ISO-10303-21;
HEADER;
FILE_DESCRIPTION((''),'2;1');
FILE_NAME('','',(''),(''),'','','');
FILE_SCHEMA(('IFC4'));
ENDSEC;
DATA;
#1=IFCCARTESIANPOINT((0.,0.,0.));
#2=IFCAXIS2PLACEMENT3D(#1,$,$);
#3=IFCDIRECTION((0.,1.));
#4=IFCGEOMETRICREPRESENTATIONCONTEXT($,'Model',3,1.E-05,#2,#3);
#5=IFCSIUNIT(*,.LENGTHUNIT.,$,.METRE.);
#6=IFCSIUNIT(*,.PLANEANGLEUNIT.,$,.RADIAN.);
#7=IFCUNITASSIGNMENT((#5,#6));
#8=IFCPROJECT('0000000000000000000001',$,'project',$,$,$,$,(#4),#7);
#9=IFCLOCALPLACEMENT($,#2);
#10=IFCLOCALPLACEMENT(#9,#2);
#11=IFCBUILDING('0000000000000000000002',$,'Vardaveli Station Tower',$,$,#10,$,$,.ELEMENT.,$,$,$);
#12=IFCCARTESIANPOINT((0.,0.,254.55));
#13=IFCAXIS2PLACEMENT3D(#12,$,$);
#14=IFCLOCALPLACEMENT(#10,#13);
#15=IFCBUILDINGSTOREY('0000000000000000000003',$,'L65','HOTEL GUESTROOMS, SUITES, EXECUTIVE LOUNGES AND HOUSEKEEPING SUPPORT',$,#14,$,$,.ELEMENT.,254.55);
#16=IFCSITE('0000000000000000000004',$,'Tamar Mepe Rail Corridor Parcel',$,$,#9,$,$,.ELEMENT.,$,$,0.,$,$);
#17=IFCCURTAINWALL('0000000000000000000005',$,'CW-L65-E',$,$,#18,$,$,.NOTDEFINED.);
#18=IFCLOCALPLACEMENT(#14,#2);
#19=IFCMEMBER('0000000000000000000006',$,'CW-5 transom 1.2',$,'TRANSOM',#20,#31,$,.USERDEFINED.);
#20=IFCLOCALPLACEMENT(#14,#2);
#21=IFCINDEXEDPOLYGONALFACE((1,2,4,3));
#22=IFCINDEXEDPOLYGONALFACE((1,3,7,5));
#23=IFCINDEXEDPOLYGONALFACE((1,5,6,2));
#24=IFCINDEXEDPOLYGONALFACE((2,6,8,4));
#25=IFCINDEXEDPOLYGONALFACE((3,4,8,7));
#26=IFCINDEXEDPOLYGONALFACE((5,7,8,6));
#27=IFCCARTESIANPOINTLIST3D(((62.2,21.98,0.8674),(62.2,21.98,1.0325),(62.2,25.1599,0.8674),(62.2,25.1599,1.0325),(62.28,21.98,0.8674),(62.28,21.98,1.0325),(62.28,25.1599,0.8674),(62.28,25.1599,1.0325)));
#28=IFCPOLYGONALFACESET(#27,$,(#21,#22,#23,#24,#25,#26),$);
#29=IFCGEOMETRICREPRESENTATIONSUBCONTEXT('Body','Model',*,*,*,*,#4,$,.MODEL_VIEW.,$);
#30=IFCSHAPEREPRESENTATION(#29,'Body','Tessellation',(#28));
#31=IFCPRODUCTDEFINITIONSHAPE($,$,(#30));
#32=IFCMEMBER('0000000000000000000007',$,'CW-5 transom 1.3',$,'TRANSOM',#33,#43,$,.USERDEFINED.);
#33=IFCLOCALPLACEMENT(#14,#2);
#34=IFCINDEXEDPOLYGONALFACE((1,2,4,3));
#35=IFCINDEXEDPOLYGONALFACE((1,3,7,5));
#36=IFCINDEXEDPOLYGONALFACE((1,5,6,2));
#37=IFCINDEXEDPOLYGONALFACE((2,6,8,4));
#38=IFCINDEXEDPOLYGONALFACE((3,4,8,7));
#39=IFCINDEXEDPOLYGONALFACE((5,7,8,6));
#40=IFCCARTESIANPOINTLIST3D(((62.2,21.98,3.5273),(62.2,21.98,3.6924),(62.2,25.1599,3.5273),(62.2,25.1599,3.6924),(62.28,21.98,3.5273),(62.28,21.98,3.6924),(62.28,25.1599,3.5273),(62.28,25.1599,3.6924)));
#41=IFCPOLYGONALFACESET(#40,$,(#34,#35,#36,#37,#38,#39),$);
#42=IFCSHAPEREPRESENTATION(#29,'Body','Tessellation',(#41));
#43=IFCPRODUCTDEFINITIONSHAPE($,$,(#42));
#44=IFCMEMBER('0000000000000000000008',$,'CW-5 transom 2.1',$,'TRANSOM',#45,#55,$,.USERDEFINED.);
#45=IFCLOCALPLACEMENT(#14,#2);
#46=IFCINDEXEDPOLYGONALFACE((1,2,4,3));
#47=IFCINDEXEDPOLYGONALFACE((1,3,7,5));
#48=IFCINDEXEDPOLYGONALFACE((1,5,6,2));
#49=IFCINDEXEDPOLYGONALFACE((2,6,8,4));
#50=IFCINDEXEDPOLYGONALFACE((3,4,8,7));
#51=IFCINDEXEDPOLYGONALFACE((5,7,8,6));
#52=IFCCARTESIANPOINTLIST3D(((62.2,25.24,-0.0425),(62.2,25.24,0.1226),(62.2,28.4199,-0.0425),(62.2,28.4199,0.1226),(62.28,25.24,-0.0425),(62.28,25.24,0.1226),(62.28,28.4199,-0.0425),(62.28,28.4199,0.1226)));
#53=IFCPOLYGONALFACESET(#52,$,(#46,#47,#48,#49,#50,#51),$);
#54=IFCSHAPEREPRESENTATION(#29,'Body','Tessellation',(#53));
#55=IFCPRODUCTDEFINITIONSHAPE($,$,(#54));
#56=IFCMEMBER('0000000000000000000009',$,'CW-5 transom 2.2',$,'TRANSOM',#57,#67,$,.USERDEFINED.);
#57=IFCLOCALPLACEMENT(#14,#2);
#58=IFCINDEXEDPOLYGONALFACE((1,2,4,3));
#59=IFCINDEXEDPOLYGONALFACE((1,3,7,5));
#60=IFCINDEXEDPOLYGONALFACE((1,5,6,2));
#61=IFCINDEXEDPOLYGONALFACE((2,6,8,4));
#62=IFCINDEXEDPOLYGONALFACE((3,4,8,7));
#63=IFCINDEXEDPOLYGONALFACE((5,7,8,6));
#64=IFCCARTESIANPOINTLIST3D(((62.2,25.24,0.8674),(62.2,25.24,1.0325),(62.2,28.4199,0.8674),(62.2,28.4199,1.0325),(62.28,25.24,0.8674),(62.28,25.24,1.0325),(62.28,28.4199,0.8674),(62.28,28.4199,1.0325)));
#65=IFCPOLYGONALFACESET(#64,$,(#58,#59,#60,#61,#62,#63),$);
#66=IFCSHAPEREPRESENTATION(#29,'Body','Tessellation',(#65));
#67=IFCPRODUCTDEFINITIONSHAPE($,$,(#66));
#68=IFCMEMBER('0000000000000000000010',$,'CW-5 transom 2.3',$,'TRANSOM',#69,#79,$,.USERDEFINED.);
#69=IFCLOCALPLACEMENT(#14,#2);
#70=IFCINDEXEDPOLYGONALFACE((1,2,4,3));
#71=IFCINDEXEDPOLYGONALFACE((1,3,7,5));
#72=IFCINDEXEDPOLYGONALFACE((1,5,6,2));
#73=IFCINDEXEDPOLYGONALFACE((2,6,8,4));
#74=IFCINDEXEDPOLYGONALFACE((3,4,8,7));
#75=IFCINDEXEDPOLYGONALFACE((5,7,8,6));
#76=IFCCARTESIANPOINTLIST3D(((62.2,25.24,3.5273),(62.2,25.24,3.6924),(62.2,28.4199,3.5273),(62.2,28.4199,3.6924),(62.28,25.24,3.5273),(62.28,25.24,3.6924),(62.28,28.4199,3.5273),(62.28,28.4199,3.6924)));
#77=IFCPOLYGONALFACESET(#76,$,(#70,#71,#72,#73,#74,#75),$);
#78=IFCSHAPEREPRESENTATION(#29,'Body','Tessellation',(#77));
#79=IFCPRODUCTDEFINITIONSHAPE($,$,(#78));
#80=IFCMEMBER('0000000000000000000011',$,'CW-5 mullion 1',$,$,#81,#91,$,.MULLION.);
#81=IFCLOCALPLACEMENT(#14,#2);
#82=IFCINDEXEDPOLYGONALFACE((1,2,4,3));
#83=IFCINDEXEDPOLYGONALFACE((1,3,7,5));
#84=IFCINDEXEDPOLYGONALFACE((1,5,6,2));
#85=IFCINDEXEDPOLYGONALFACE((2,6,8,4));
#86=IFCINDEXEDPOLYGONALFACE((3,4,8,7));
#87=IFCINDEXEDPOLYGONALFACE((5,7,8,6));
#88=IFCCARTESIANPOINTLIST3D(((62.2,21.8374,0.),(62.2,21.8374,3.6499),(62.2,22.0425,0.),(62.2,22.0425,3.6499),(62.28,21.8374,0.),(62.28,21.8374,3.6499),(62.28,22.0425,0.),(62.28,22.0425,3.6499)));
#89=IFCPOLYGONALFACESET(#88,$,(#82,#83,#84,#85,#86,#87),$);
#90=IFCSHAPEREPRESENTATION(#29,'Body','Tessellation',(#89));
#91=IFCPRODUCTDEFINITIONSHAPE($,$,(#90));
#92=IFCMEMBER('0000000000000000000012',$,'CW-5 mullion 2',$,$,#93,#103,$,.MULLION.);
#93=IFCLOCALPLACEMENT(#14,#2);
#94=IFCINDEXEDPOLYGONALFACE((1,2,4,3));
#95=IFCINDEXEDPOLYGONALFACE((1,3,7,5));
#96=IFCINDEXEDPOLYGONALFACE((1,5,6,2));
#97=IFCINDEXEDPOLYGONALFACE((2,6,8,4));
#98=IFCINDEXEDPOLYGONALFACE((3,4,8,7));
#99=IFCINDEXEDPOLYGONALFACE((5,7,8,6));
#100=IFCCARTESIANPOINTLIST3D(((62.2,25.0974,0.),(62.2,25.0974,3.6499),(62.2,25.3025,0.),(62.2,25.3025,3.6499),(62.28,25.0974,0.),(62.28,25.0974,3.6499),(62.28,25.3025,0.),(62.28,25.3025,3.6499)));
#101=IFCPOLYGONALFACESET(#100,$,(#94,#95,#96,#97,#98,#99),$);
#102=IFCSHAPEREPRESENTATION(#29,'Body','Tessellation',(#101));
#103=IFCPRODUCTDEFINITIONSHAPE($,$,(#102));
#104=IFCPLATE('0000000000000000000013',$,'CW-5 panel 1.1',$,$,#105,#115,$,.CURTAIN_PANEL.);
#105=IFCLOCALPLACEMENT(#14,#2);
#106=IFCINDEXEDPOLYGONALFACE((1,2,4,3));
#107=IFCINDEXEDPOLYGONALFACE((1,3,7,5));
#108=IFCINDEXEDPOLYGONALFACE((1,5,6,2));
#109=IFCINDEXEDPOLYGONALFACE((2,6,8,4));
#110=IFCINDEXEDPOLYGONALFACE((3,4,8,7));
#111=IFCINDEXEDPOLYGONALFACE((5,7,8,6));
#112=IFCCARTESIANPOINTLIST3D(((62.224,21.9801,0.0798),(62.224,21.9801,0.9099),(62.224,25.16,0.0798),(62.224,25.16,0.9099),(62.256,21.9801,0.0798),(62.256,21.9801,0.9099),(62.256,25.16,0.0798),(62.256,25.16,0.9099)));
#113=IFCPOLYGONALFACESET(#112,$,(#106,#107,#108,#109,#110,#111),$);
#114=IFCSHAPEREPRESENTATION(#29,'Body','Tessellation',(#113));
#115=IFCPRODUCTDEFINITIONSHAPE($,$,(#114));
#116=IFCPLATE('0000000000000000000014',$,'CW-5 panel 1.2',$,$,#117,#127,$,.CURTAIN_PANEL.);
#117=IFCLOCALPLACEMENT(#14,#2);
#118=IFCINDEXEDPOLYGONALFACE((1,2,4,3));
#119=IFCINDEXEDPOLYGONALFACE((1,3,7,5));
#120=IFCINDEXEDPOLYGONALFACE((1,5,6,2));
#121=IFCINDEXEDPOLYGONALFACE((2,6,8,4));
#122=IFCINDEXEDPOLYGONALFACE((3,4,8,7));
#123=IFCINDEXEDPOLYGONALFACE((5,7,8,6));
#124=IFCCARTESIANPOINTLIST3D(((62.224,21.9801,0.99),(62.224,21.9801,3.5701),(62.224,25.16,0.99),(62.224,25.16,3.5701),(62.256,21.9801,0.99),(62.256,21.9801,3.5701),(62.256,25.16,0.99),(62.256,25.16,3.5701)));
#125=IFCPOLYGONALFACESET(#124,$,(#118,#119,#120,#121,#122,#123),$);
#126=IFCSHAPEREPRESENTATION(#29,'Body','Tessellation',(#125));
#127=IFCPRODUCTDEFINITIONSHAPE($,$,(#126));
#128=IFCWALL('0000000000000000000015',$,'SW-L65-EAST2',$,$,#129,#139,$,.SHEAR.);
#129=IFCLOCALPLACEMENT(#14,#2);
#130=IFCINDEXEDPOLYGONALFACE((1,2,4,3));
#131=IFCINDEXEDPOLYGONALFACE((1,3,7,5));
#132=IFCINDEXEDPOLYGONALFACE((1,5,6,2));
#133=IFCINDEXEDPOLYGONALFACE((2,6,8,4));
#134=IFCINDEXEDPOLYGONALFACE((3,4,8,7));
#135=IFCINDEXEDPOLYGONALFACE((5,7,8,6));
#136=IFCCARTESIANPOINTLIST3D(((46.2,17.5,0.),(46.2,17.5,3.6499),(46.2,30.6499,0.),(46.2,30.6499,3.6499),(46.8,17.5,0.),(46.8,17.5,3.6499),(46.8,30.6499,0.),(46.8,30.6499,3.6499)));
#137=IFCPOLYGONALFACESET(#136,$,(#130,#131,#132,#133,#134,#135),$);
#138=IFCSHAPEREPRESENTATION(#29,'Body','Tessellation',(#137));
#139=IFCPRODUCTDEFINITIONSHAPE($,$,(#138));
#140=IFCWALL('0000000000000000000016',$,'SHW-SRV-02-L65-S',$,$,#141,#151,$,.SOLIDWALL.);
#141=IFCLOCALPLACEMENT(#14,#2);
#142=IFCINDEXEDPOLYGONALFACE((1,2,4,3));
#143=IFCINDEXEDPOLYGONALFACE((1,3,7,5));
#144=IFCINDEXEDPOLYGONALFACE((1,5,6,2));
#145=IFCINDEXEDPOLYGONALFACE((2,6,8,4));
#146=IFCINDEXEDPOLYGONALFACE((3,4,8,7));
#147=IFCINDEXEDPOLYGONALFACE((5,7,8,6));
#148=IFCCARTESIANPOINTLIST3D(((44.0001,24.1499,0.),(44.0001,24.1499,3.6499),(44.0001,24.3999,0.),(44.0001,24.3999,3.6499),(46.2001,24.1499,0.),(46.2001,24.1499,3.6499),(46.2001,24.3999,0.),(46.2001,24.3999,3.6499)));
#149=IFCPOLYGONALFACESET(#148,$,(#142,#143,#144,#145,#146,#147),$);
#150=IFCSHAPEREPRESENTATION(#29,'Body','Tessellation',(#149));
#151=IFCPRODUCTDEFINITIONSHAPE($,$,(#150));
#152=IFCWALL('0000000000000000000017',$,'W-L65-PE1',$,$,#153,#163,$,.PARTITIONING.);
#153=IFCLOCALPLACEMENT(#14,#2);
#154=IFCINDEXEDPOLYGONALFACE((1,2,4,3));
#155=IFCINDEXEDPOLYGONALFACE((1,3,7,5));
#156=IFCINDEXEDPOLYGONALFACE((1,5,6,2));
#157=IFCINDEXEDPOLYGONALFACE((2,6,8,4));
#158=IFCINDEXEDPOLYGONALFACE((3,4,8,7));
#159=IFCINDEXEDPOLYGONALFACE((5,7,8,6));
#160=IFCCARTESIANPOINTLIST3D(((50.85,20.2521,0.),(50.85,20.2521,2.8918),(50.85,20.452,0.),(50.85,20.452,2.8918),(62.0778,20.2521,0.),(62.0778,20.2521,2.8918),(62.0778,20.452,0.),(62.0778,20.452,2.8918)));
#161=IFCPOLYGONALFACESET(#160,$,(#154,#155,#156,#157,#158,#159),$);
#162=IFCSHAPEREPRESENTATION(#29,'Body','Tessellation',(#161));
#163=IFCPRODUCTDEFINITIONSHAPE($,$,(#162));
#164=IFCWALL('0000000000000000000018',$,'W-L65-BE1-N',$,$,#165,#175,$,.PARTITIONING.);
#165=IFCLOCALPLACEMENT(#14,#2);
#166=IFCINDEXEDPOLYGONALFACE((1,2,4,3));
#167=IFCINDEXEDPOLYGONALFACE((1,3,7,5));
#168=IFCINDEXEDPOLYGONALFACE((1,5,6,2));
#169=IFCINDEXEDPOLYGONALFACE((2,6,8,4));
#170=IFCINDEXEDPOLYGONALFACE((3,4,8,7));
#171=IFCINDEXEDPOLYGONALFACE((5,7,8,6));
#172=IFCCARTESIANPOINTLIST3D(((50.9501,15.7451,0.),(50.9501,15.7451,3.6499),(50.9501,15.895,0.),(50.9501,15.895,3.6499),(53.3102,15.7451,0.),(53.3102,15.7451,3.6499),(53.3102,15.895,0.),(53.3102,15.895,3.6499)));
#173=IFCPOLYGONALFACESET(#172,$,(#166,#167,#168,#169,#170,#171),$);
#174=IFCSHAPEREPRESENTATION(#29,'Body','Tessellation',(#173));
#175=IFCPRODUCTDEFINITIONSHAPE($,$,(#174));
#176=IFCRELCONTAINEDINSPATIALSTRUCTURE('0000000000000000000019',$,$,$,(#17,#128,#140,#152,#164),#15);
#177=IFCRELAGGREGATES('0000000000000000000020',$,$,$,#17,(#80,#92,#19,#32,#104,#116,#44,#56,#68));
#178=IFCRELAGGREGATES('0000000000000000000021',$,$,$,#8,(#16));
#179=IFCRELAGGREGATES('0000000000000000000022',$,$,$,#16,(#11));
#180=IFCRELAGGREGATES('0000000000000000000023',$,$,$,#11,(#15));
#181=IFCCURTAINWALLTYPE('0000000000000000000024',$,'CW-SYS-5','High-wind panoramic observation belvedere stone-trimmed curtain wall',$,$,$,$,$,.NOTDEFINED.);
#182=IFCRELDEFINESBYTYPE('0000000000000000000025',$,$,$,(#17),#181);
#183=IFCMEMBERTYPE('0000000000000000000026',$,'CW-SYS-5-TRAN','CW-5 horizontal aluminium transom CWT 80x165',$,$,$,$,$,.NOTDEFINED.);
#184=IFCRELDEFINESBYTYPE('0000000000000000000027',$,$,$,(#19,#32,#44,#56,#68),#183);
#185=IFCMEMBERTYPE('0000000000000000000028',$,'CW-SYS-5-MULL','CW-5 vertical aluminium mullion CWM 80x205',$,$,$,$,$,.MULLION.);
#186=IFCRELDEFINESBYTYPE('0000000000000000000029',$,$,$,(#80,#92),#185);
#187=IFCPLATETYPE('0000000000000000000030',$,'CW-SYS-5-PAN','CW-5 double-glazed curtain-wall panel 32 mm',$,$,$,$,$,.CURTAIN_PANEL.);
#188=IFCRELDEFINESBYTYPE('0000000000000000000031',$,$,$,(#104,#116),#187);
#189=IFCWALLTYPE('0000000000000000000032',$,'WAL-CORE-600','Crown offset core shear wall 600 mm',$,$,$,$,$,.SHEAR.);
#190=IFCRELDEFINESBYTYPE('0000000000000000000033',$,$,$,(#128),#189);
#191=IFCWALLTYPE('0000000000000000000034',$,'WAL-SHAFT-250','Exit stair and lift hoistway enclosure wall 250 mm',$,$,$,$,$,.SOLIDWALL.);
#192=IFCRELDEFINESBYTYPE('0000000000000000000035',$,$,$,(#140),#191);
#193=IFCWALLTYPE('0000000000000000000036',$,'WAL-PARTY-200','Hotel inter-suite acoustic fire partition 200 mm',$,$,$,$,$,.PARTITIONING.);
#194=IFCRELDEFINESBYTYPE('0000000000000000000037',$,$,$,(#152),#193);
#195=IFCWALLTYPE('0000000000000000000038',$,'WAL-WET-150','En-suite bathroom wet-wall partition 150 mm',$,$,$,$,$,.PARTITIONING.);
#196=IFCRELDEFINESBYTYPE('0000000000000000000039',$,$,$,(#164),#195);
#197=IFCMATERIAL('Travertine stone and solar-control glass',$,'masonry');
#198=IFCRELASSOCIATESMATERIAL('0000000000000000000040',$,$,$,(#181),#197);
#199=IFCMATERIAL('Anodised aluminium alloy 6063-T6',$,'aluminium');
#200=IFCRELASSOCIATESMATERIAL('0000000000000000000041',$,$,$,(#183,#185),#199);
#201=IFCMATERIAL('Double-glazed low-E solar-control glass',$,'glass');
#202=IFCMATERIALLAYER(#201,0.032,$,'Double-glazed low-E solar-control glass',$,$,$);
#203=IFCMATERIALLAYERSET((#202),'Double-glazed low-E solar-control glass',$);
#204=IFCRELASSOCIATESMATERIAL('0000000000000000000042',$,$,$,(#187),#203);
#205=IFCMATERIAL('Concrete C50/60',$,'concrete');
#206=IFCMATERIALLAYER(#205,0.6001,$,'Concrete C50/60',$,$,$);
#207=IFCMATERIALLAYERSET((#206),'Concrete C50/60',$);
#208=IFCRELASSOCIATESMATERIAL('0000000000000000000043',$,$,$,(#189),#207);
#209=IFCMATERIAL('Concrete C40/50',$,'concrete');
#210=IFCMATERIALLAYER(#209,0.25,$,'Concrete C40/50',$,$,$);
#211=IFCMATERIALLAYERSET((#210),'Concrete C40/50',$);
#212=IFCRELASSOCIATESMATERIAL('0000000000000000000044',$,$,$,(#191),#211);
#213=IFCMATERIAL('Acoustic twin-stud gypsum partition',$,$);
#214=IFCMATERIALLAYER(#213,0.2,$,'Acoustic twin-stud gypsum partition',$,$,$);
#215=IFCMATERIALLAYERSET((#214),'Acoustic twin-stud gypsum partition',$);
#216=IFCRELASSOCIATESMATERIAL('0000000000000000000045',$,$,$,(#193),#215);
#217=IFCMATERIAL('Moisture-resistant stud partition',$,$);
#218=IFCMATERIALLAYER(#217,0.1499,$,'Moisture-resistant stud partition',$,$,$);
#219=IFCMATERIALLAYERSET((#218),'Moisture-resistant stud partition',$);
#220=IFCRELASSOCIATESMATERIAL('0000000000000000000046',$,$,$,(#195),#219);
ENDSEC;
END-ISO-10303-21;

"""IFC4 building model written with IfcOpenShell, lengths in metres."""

from ifc_helpers import new_model, si_unit, direction, frame, frame_2d, origin, origin_2d, place, context, subcontext, project, spatial, rectangle, extrude, source, transform, mapped, material, layer, layer_set, material_profile, profile_set, type_object, element, aggregate, save


model = new_model("IFC4")

# Units and contexts
model_context = context("Model", 3, precision=1e-05, world=origin(), true_north=direction((0.0, 1.0)))
body_context = subcontext(model_context, "Body", "Model", "MODEL_VIEW")
ifc_project = project(units=[si_unit("LENGTHUNIT", "METRE"), si_unit("PLANEANGLEUNIT", "RADIAN")], contexts=[model_context])

# Site, building, storey
site_placement = place(None, origin())
site = spatial("IfcSite", under=ifc_project, at=site_placement, Name="Tamar Mepe Rail Corridor Parcel", CompositionType="ELEMENT", RefElevation=0.0)
building_placement = place(site_placement, origin())
building = spatial("IfcBuilding", under=site, at=building_placement, Name="Vardaveli Station Tower", CompositionType="ELEMENT")
storey_placement = place(building_placement, frame((0.0, 0.0, 254.55)))
storey = spatial("IfcBuildingStorey", under=building, at=storey_placement, Name="L65", Description="HOTEL GUESTROOMS, SUITES, EXECUTIVE LOUNGES AND HOUSEKEEPING SUPPORT", CompositionType="ELEMENT", Elevation=254.55)

# Curtain wall, members, plates
ifc_material_1 = material(Name="Travertine stone and solar-control glass", Category="masonry")
curtain_wall_type = type_object("IfcCurtainWallType", Name="CW-SYS-5", Description="High-wind panoramic observation belvedere stone-trimmed curtain wall", PredefinedType="NOTDEFINED", material=ifc_material_1)
curtain_wall_placement = place(storey_placement, origin())
curtain_wall = element("IfcCurtainWall", 1, at=curtain_wall_placement, inside=storey, type_object=curtain_wall_type, Name="CW-L65-E", PredefinedType="NOTDEFINED")
ifc_material_2 = material(Name="Anodised aluminium alloy 6063-T6", Category="aluminium")
ifc_material_profile_1 = material_profile(ifc_material_2, rectangle(XDim=0.0801, YDim=0.165, at=origin_2d()), Name="CWT 80x165")
ifc_profile_set_1 = profile_set([ifc_material_profile_1], Name="Anodised aluminium alloy 6063-T6")
member_type_1 = type_object("IfcMemberType", Name="CW-SYS-5-TRAN", Description="CW-5 horizontal aluminium transom CWT 80x165", PredefinedType="NOTDEFINED", material=ifc_profile_set_1)
shared_shape_1 = source(origin(), body_context, "Body", "SweptSolid", [
    extrude(rectangle(XDim=0.0801, YDim=0.165, at=origin_2d()), origin(), (0.0, 0.0, 1.0), 3.1799),
])
member_1_placement = place(storey_placement, frame((62.24, 21.98, 0.95), z_axis=(0.0, 1.0, 0.0), x_axis=(-1.0, 0.0, 0.0)))
member_1 = element("IfcMember", 2, at=member_1_placement, type_object=member_type_1, Name="CW-5 transom 1.2", ObjectType="TRANSOM", PredefinedType="USERDEFINED", context=body_context, shape_type="MappedRepresentation", body=[
    mapped(shared_shape_1, transform((0.0, 0.0, 0.0), scale=1.0)),
])
member_2_placement = place(storey_placement, frame((62.24, 21.98, 3.6099), z_axis=(0.0, 1.0, 0.0), x_axis=(-1.0, 0.0, 0.0)))
member_2 = element("IfcMember", 3, at=member_2_placement, type_object=member_type_1, Name="CW-5 transom 1.3", ObjectType="TRANSOM", PredefinedType="USERDEFINED", context=body_context, shape_type="MappedRepresentation", body=[
    mapped(shared_shape_1, transform((0.0, 0.0, 0.0), scale=1.0)),
])
member_3_placement = place(storey_placement, frame((62.24, 25.24, 0.04), z_axis=(0.0, 1.0, 0.0), x_axis=(-1.0, 0.0, 0.0)))
member_3 = element("IfcMember", 4, at=member_3_placement, type_object=member_type_1, Name="CW-5 transom 2.1", ObjectType="TRANSOM", PredefinedType="USERDEFINED", context=body_context, shape_type="MappedRepresentation", body=[
    mapped(shared_shape_1, transform((0.0, 0.0, 0.0), scale=1.0)),
])
member_4_placement = place(storey_placement, frame((62.24, 25.24, 0.95), z_axis=(0.0, 1.0, 0.0), x_axis=(-1.0, 0.0, 0.0)))
member_4 = element("IfcMember", 5, at=member_4_placement, type_object=member_type_1, Name="CW-5 transom 2.2", ObjectType="TRANSOM", PredefinedType="USERDEFINED", context=body_context, shape_type="MappedRepresentation", body=[
    mapped(shared_shape_1, transform((0.0, 0.0, 0.0), scale=1.0)),
])
member_5_placement = place(storey_placement, frame((62.24, 25.24, 3.6099), z_axis=(0.0, 1.0, 0.0), x_axis=(-1.0, 0.0, 0.0)))
member_5 = element("IfcMember", 6, at=member_5_placement, type_object=member_type_1, Name="CW-5 transom 2.3", ObjectType="TRANSOM", PredefinedType="USERDEFINED", context=body_context, shape_type="MappedRepresentation", body=[
    mapped(shared_shape_1, transform((0.0, 0.0, 0.0), scale=1.0)),
])
ifc_material_profile_2 = material_profile(ifc_material_2, rectangle(XDim=0.0801, YDim=0.2051, at=origin_2d()), Name="CWM 80x205")
ifc_profile_set_2 = profile_set([ifc_material_profile_2], Name="Anodised aluminium alloy 6063-T6")
member_type_2 = type_object("IfcMemberType", Name="CW-SYS-5-MULL", Description="CW-5 vertical aluminium mullion CWM 80x205", PredefinedType="MULLION", material=ifc_profile_set_2)
shared_shape_2 = source(origin(), body_context, "Body", "SweptSolid", [
    extrude(rectangle(XDim=0.0801, YDim=0.2051, at=origin_2d()), origin(), (0.0, 0.0, 1.0), 3.6499),
])
member_6_placement = place(storey_placement, frame((62.24, 21.9399, 0.0), z_axis=(0.0, 0.0, 1.0), x_axis=(-1.0, 0.0, 0.0)))
member_6 = element("IfcMember", 7, at=member_6_placement, type_object=member_type_2, Name="CW-5 mullion 1", PredefinedType="MULLION", context=body_context, shape_type="MappedRepresentation", body=[
    mapped(shared_shape_2, transform((0.0, 0.0, 0.0), scale=1.0)),
])
member_7_placement = place(storey_placement, frame((62.24, 25.2, 0.0), z_axis=(0.0, 0.0, 1.0), x_axis=(-1.0, 0.0, 0.0)))
member_7 = element("IfcMember", 8, at=member_7_placement, type_object=member_type_2, Name="CW-5 mullion 2", PredefinedType="MULLION", context=body_context, shape_type="MappedRepresentation", body=[
    mapped(shared_shape_2, transform((0.0, 0.0, 0.0), scale=1.0)),
])
ifc_material_3 = material(Name="Double-glazed low-E solar-control glass", Category="glass")
ifc_layer_1 = layer(ifc_material_3, 0.032, Name="Double-glazed low-E solar-control glass")
ifc_layer_set_1 = layer_set([ifc_layer_1], Name="Double-glazed low-E solar-control glass")
plate_type = type_object("IfcPlateType", Name="CW-SYS-5-PAN", Description="CW-5 double-glazed curtain-wall panel 32 mm", PredefinedType="CURTAIN_PANEL", material=ifc_layer_set_1)
shared_shape_3 = source(origin(), body_context, "Body", "SweptSolid", [
    extrude(rectangle(XDim=3.1799, YDim=0.032, at=origin_2d()), origin(), (0.0, 0.0, 1.0), 0.8301),
])
plate_1_placement = place(storey_placement, frame((62.24, 23.5701, 0.0798), z_axis=(0.0, 0.0, 1.0), x_axis=(0.0, 1.0, 0.0)))
plate_1 = element("IfcPlate", 9, at=plate_1_placement, type_object=plate_type, Name="CW-5 panel 1.1", PredefinedType="CURTAIN_PANEL", context=body_context, shape_type="MappedRepresentation", body=[
    mapped(shared_shape_3, transform((0.0, 0.0, 0.0), scale=1.0)),
])
shared_shape_4 = source(origin(), body_context, "Body", "SweptSolid", [
    extrude(rectangle(XDim=3.1799, YDim=0.032, at=origin_2d()), origin(), (0.0, 0.0, 1.0), 2.5801),
])
plate_2_placement = place(storey_placement, frame((62.24, 23.5701, 0.99), z_axis=(0.0, 0.0, 1.0), x_axis=(0.0, 1.0, 0.0)))
plate_2 = element("IfcPlate", 10, at=plate_2_placement, type_object=plate_type, Name="CW-5 panel 1.2", PredefinedType="CURTAIN_PANEL", context=body_context, shape_type="MappedRepresentation", body=[
    mapped(shared_shape_4, transform((0.0, 0.0, 0.0), scale=1.0)),
])
aggregate(curtain_wall, [member_6, member_7, member_1, member_2, plate_1, plate_2, member_3, member_4, member_5])

# Walls
ifc_material_4 = material(Name="Concrete C50/60", Category="concrete")
ifc_layer_2 = layer(ifc_material_4, 0.6001, Name="Concrete C50/60")
ifc_layer_set_2 = layer_set([ifc_layer_2], Name="Concrete C50/60")
wall_type_1 = type_object("IfcWallType", Name="WAL-CORE-600", Description="Crown offset core shear wall 600 mm", PredefinedType="SHEAR", material=ifc_layer_set_2)
shared_shape_5 = source(origin(), body_context, "Body", "SweptSolid", [
    extrude(rectangle(XDim=13.1499, YDim=0.6001, at=frame_2d((6.575, 0.0))), origin(), (0.0, 0.0, 1.0), 3.6499),
])
wall_1_placement = place(storey_placement, frame((46.5, 17.5, 0.0), z_axis=(0.0, 0.0, 1.0), x_axis=(0.0, 1.0, 0.0)))
element("IfcWall", 11, at=wall_1_placement, inside=storey, type_object=wall_type_1, Name="SW-L65-EAST2", PredefinedType="SHEAR", context=body_context, shape_type="MappedRepresentation", body=[
    mapped(shared_shape_5, transform((0.0, 0.0, 0.0), scale=1.0)),
])
ifc_material_5 = material(Name="Concrete C40/50", Category="concrete")
ifc_layer_3 = layer(ifc_material_5, 0.25, Name="Concrete C40/50")
ifc_layer_set_3 = layer_set([ifc_layer_3], Name="Concrete C40/50")
wall_type_2 = type_object("IfcWallType", Name="WAL-SHAFT-250", Description="Exit stair and lift hoistway enclosure wall 250 mm", PredefinedType="SOLIDWALL", material=ifc_layer_set_3)
shared_shape_6 = source(origin(), body_context, "Body", "SweptSolid", [
    extrude(rectangle(XDim=2.2, YDim=0.25, at=frame_2d((1.1001, 0.0))), origin(), (0.0, 0.0, 1.0), 3.6499),
])
wall_2_placement = place(storey_placement, frame((44.0, 24.2749, 0.0), z_axis=(0.0, 0.0, 1.0), x_axis=(1.0, 0.0, 0.0)))
element("IfcWall", 12, at=wall_2_placement, inside=storey, type_object=wall_type_2, Name="SHW-SRV-02-L65-S", PredefinedType="SOLIDWALL", context=body_context, shape_type="MappedRepresentation", body=[
    mapped(shared_shape_6, transform((0.0, 0.0, 0.0), scale=1.0)),
])
ifc_material_6 = material(Name="Acoustic twin-stud gypsum partition")
ifc_layer_4 = layer(ifc_material_6, 0.2, Name="Acoustic twin-stud gypsum partition")
ifc_layer_set_4 = layer_set([ifc_layer_4], Name="Acoustic twin-stud gypsum partition")
wall_type_3 = type_object("IfcWallType", Name="WAL-PARTY-200", Description="Hotel inter-suite acoustic fire partition 200 mm", PredefinedType="PARTITIONING", material=ifc_layer_set_4)
shared_shape_7 = source(origin(), body_context, "Body", "SweptSolid", [
    extrude(rectangle(XDim=11.2278, YDim=0.2, at=frame_2d((5.6138, 0.0))), origin(), (0.0, 0.0, 1.0), 2.8918),
])
wall_3_placement = place(storey_placement, frame((50.8501, 20.3521, 0.0), z_axis=(0.0, 0.0, 1.0), x_axis=(1.0, 0.0, 0.0)))
element("IfcWall", 13, at=wall_3_placement, inside=storey, type_object=wall_type_3, Name="W-L65-PE1", PredefinedType="PARTITIONING", context=body_context, shape_type="MappedRepresentation", body=[
    mapped(shared_shape_7, transform((0.0, 0.0, 0.0), scale=1.0)),
])
ifc_material_7 = material(Name="Moisture-resistant stud partition")
ifc_layer_5 = layer(ifc_material_7, 0.1499, Name="Moisture-resistant stud partition")
ifc_layer_set_5 = layer_set([ifc_layer_5], Name="Moisture-resistant stud partition")
wall_type_4 = type_object("IfcWallType", Name="WAL-WET-150", Description="En-suite bathroom wet-wall partition 150 mm", PredefinedType="PARTITIONING", material=ifc_layer_set_5)
shared_shape_8 = source(origin(), body_context, "Body", "SweptSolid", [
    extrude(rectangle(XDim=2.3601, YDim=0.1499, at=frame_2d((1.1802, 0.0))), origin(), (0.0, 0.0, 1.0), 3.6499),
])
wall_4_placement = place(storey_placement, frame((50.95, 15.8201, 0.0), z_axis=(0.0, 0.0, 1.0), x_axis=(1.0, 0.0, 0.0)))
element("IfcWall", 14, at=wall_4_placement, inside=storey, type_object=wall_type_4, Name="W-L65-BE1-N", PredefinedType="PARTITIONING", context=body_context, shape_type="MappedRepresentation", body=[
    mapped(shared_shape_8, transform((0.0, 0.0, 0.0), scale=1.0)),
])

save(model, "model.ifc")
